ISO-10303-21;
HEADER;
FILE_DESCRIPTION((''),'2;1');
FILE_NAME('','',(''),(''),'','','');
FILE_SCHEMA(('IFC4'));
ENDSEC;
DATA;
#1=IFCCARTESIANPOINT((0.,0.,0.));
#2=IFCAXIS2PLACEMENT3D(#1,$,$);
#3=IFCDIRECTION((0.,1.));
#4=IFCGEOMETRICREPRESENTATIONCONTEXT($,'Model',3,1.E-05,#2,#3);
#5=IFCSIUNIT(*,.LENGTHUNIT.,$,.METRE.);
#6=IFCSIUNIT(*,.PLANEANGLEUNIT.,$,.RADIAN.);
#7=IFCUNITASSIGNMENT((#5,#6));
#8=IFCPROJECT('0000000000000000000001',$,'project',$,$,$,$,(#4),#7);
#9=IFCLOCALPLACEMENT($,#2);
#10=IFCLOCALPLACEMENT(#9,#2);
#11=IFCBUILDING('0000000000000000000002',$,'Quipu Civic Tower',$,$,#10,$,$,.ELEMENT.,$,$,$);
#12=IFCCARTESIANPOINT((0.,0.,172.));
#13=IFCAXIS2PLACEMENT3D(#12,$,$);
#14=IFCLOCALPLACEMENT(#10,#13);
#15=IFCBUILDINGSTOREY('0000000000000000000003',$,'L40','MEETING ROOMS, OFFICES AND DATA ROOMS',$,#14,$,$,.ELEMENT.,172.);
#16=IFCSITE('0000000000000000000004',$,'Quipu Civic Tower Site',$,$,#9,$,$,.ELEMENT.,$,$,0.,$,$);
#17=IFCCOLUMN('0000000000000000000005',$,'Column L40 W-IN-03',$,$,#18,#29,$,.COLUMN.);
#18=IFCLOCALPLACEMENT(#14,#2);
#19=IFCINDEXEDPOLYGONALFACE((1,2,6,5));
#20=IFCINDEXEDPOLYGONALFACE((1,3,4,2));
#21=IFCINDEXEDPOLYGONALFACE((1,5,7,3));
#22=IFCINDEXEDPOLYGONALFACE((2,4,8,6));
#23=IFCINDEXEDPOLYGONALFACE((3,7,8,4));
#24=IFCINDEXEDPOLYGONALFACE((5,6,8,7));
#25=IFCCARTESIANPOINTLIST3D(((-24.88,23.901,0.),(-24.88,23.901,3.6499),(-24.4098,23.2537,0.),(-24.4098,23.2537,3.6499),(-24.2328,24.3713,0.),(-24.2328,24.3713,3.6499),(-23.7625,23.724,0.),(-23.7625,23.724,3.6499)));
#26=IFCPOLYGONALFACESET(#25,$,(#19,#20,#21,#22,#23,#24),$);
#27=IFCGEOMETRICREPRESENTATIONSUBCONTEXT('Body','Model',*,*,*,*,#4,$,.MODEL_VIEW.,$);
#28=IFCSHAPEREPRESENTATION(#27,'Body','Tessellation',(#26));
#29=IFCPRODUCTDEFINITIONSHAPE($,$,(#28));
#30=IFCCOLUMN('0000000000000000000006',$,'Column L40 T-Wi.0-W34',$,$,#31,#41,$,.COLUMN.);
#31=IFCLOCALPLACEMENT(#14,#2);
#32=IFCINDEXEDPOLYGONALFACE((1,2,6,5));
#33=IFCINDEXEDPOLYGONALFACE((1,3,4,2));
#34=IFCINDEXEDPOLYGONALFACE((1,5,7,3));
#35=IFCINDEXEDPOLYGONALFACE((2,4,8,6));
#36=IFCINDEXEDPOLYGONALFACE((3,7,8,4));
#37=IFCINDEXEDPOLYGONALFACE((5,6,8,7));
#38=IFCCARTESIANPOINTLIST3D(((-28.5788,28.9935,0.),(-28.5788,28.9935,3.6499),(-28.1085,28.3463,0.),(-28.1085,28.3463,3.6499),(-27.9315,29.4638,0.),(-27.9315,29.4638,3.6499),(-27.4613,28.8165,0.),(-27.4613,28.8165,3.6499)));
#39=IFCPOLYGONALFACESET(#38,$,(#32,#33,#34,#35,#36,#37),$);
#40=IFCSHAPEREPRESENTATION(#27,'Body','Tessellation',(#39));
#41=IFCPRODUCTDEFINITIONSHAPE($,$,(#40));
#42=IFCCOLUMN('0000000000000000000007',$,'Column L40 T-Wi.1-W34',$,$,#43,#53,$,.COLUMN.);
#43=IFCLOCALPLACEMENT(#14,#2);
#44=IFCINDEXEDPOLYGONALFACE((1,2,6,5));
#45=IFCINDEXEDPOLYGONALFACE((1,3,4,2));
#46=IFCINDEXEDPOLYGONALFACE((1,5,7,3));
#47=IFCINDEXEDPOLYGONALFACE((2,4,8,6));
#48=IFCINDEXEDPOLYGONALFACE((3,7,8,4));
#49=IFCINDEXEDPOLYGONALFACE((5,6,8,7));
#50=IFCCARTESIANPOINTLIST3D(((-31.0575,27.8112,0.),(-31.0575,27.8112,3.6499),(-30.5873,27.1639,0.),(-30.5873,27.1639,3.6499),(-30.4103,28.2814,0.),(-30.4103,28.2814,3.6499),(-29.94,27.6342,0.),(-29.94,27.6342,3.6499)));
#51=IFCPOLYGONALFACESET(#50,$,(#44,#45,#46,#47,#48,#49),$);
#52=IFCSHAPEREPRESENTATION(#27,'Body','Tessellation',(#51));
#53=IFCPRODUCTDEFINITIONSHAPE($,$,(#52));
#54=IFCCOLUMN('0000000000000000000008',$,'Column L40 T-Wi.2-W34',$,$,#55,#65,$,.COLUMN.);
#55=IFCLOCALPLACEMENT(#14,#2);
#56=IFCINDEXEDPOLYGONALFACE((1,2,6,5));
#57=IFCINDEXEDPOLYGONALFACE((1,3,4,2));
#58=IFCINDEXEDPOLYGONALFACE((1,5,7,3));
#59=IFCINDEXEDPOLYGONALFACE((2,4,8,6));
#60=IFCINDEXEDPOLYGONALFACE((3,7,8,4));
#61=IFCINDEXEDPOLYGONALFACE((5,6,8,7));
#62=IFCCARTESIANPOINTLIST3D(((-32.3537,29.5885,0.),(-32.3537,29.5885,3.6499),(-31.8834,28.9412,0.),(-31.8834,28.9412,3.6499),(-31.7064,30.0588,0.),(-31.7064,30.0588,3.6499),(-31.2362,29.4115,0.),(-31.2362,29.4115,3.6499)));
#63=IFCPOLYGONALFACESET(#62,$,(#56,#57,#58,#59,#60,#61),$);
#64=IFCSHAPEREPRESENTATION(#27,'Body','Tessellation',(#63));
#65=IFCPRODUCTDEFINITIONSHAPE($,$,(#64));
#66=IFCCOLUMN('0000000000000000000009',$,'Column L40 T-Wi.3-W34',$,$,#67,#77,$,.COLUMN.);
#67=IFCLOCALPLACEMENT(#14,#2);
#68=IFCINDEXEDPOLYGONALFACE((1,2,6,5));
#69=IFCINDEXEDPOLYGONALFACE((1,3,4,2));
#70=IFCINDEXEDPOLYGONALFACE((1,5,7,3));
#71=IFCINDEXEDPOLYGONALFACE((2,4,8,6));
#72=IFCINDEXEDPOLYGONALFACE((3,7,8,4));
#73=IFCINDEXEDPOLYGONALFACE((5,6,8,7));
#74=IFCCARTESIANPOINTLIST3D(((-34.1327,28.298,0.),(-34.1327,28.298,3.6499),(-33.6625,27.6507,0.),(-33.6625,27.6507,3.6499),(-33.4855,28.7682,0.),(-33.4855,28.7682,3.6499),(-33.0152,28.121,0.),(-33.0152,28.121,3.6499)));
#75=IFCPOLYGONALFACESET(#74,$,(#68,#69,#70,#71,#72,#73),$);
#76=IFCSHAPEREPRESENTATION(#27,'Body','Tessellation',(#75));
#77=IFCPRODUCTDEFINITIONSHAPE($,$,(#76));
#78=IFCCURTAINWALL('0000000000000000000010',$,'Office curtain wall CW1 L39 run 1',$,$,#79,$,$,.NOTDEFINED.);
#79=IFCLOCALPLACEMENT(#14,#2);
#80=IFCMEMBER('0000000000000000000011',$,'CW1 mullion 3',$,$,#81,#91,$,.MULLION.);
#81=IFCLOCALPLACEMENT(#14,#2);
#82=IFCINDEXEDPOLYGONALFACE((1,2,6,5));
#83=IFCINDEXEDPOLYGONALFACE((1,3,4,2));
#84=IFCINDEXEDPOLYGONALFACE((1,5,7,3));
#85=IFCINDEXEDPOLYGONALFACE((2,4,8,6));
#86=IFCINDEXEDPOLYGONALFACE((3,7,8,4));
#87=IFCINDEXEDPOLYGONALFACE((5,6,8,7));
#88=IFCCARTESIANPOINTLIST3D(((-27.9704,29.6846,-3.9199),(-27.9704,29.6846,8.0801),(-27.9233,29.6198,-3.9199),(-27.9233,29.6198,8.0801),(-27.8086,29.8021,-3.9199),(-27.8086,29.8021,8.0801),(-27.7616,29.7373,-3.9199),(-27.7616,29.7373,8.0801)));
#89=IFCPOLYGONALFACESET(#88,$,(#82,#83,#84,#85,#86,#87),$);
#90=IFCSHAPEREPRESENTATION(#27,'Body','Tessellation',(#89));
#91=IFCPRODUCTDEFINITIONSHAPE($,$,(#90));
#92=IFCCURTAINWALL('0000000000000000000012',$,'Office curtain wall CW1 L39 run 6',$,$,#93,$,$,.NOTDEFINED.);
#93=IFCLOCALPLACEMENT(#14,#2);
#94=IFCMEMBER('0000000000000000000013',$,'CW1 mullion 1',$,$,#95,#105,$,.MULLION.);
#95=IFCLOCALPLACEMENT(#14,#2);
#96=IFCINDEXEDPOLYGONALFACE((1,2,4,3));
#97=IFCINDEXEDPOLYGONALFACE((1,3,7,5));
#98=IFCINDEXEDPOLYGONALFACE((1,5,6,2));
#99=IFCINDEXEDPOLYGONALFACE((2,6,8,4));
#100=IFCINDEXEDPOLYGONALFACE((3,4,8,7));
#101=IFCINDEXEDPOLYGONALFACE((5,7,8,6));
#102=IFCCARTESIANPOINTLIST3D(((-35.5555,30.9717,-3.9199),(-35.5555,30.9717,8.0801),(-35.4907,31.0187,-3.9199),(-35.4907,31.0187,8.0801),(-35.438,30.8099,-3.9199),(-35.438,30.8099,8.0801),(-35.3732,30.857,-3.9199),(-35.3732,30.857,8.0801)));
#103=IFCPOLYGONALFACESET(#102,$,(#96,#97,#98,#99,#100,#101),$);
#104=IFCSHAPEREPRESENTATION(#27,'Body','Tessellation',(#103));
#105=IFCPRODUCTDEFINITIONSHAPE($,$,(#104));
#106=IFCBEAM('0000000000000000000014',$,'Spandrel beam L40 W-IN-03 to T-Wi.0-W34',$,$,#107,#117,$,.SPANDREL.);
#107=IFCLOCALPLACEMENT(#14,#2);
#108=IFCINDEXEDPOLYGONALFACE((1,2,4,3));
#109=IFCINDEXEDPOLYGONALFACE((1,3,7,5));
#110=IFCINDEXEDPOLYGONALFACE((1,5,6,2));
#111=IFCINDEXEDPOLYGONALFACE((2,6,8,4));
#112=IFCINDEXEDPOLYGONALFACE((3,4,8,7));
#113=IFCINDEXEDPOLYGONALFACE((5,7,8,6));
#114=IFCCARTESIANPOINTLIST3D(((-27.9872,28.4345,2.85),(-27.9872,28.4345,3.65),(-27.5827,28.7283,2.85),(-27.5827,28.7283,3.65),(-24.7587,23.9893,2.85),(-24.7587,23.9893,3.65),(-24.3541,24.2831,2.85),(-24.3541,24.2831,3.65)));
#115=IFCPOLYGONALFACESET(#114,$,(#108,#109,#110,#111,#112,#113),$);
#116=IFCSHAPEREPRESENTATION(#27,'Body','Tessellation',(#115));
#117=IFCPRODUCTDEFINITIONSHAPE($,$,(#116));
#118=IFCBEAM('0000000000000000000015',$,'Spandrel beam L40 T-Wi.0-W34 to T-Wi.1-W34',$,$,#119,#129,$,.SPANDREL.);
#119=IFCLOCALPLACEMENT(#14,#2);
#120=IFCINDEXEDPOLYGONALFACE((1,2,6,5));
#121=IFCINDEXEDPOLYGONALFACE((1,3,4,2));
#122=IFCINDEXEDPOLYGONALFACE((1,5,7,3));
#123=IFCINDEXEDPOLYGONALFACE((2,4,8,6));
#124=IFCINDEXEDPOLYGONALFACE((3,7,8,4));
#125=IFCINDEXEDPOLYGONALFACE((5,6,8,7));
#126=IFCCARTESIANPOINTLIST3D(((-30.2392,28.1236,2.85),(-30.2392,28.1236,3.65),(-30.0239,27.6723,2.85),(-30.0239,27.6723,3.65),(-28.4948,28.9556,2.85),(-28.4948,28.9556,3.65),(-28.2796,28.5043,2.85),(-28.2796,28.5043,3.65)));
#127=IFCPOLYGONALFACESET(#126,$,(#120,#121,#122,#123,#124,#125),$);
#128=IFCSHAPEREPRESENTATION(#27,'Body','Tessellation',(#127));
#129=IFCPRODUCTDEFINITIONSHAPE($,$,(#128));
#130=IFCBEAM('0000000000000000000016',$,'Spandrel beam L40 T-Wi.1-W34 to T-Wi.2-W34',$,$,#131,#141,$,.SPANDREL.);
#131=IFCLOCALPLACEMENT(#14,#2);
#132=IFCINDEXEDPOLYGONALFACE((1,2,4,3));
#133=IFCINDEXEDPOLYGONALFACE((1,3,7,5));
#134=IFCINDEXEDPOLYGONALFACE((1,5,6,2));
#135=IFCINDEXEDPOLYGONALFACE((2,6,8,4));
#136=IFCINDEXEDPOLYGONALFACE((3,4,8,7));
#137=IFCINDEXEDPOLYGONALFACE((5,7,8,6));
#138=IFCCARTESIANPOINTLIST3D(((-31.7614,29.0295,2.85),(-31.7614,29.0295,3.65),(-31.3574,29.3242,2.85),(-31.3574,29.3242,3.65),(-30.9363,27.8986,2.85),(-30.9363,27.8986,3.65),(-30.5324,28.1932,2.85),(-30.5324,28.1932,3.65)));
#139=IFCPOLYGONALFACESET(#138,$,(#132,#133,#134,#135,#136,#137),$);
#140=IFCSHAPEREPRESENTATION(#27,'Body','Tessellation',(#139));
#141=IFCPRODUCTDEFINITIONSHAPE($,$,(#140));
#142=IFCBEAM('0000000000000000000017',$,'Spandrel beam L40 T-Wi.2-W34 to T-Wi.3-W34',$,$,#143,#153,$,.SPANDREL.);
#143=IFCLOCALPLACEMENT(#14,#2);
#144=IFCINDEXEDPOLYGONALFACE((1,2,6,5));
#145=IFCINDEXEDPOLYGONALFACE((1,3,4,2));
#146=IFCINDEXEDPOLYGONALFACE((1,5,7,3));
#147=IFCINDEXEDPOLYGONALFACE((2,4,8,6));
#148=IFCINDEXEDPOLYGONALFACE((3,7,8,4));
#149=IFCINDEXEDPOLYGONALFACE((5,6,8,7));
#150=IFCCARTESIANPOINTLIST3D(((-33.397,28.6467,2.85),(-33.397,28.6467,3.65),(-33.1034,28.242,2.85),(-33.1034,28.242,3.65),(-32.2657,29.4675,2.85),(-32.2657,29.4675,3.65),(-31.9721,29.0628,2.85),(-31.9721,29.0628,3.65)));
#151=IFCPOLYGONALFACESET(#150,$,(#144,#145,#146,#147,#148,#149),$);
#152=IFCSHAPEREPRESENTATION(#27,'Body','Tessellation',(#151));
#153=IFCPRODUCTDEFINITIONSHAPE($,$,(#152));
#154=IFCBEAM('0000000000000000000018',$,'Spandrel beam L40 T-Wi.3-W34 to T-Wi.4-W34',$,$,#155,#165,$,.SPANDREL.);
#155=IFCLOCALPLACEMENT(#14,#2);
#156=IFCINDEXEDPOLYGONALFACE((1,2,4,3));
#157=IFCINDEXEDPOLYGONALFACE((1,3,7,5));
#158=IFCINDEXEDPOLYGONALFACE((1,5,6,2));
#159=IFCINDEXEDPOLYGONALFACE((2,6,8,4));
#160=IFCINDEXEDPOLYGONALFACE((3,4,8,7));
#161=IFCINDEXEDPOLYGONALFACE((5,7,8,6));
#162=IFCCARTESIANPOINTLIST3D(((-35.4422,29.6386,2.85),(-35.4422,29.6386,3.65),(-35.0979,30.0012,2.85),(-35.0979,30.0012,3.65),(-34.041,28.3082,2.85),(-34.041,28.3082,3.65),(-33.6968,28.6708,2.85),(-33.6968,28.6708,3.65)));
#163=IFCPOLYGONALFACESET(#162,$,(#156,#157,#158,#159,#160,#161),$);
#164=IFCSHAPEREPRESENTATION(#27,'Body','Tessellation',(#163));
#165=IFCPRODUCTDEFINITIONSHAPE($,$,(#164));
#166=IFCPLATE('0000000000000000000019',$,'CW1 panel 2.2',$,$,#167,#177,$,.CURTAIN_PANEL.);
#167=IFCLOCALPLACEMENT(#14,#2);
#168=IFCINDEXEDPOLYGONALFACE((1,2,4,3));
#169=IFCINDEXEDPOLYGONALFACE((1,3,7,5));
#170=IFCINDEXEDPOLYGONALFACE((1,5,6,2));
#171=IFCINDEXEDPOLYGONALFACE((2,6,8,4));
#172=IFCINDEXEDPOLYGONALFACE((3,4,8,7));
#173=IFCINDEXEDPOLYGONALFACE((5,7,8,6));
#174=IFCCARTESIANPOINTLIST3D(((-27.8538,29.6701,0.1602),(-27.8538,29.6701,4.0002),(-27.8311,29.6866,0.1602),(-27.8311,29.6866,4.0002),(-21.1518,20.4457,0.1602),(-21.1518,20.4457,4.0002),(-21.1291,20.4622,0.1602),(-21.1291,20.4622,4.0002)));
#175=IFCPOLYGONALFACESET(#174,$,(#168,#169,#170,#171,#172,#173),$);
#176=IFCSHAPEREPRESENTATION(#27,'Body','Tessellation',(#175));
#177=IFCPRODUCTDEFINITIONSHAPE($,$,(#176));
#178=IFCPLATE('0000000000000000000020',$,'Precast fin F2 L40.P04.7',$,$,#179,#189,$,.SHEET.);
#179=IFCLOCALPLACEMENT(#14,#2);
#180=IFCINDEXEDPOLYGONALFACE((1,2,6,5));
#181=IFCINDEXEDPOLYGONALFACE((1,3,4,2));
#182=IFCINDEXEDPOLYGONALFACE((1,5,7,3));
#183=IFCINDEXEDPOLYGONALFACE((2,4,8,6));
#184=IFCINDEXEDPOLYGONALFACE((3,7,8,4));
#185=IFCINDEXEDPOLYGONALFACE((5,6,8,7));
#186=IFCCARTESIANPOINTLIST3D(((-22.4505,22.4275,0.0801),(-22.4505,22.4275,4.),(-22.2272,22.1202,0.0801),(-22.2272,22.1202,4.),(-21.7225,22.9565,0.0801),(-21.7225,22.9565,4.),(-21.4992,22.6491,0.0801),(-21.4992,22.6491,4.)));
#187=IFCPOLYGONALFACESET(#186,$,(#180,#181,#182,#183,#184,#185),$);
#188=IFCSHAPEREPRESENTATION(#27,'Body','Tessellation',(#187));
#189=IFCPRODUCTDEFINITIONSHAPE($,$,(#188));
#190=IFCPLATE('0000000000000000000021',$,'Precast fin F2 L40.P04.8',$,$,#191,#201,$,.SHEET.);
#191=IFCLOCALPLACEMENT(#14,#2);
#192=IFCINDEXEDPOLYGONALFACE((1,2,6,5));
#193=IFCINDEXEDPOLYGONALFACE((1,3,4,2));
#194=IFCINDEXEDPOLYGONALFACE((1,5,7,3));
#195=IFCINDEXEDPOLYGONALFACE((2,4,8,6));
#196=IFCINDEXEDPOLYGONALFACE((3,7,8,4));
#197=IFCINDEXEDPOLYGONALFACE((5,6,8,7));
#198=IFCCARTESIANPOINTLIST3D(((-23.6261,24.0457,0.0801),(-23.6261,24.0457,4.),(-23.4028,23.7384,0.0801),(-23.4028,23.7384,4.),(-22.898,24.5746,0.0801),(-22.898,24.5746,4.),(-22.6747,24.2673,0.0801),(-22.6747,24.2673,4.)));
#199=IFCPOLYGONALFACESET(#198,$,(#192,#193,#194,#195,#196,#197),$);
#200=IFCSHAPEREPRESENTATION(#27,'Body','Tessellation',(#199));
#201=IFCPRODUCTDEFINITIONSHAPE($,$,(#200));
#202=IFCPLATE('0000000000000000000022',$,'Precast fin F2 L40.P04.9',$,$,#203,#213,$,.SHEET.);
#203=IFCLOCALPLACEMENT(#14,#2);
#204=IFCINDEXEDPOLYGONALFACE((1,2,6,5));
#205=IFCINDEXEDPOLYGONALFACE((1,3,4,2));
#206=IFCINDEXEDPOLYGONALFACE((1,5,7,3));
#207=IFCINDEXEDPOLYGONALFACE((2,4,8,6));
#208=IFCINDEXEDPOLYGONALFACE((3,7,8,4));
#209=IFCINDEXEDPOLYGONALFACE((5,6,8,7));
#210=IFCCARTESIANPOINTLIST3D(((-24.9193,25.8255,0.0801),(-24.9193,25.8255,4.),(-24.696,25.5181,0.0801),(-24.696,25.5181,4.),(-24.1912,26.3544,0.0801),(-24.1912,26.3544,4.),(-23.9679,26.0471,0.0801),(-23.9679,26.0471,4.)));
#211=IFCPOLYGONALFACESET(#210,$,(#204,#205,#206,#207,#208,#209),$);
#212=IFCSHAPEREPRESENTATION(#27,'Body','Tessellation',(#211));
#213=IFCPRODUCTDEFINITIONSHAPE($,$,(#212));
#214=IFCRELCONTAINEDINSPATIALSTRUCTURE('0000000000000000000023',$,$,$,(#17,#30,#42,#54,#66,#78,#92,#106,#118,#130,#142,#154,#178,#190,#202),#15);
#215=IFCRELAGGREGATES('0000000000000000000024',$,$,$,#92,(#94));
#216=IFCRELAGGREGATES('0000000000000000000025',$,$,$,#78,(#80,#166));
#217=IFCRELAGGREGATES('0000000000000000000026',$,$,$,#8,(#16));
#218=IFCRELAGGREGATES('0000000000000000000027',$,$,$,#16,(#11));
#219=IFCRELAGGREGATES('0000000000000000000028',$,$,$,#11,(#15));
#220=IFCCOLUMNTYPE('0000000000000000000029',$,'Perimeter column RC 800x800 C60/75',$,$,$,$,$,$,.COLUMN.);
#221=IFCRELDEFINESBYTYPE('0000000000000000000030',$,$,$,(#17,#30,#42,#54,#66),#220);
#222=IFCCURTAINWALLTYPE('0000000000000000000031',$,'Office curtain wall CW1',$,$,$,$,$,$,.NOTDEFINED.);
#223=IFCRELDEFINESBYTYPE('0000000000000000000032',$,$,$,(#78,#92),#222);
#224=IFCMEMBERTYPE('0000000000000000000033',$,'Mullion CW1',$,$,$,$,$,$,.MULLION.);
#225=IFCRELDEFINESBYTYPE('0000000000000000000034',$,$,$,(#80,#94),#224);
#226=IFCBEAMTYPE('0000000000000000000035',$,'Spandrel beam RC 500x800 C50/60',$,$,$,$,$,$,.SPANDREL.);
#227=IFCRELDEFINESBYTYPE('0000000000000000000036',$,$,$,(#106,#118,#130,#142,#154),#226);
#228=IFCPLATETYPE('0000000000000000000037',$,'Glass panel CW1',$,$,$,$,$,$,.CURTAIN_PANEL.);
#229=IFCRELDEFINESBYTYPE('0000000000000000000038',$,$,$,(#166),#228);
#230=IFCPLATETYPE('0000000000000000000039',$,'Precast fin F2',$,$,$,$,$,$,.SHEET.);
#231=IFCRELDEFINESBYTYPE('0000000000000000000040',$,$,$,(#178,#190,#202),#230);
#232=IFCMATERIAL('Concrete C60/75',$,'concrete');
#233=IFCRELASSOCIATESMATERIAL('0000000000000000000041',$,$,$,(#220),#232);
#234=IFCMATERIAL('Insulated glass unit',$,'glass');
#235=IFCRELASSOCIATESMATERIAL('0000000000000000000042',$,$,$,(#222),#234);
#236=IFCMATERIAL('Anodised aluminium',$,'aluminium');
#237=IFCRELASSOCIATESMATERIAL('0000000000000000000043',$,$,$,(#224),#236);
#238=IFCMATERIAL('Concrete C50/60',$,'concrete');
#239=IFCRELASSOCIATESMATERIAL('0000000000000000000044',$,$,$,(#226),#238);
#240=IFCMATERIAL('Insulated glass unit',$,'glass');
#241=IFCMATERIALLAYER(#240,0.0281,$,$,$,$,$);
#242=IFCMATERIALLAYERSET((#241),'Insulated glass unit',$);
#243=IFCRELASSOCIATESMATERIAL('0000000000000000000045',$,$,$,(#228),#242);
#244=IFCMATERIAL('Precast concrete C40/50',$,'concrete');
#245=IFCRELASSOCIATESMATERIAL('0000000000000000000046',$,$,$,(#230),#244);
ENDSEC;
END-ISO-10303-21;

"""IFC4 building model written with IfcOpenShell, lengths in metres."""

from ifc_helpers import new_model, si_unit, direction, frame, origin, origin_2d, place, context, subcontext, project, spatial, rectangle, extrude, material, layer, layer_set, material_profile, profile_set, type_object, element, aggregate, save


model = new_model("IFC4")

# Units and contexts
model_context = context("Model", 3, precision=1e-05, world=origin(), true_north=direction((0.0, 1.0)))
body_context = subcontext(model_context, "Body", "Model", "MODEL_VIEW")
ifc_project = project(units=[si_unit("LENGTHUNIT", "METRE"), si_unit("PLANEANGLEUNIT", "RADIAN")], contexts=[model_context])

# Site, building, storey
site_placement = place(None, origin())
site = spatial("IfcSite", under=ifc_project, at=site_placement, Name="Quipu Civic Tower Site", CompositionType="ELEMENT", RefElevation=0.0)
building_placement = place(site_placement, origin())
building = spatial("IfcBuilding", under=site, at=building_placement, Name="Quipu Civic Tower", CompositionType="ELEMENT")
storey_placement = place(building_placement, frame((0.0, 0.0, 172.0)))
storey = spatial("IfcBuildingStorey", under=building, at=storey_placement, Name="L40", Description="MEETING ROOMS, OFFICES AND DATA ROOMS", CompositionType="ELEMENT", Elevation=172.0)

# Columns
ifc_material_1 = material(Name="Concrete C60/75", Category="concrete")
ifc_material_profile_1 = material_profile(ifc_material_1, rectangle(XDim=0.8, YDim=0.8, at=origin_2d()), Name="RC800x800")
ifc_profile_set_1 = profile_set([ifc_material_profile_1], Name="Concrete C60/75")
column_type = type_object("IfcColumnType", Name="Perimeter column RC 800x800 C60/75", PredefinedType="COLUMN", material=ifc_profile_set_1)
for number, where, z_axis, x_axis, name in (
    (1, (-24.3213, 23.8125, 0.0), (0.0, 0.0, 1.0), (-0.587785, 0.809017, 0.0), "Column L40 W-IN-03"),
    (2, (-28.02, 28.905, 0.0), (0.0, 0.0, 1.0), (-0.809017, -0.587785, 0.0), "Column L40 T-Wi.0-W34"),
    (3, (-30.4988, 27.7227, 0.0), (0.0, 0.0, 1.0), (-0.809017, -0.587785, 0.0), "Column L40 T-Wi.1-W34"),
    (4, (-31.7949, 29.5, 0.0), (0.0, 0.0, 1.0), (-0.587785, 0.809017, 0.0), "Column L40 T-Wi.2-W34"),
    (5, (-33.574, 28.2095, 0.0), (0.0, 0.0, 1.0), (-0.587785, 0.809017, 0.0), "Column L40 T-Wi.3-W34"),
):
    element("IfcColumn", number, at=place(storey_placement, frame(where, z_axis=z_axis, x_axis=x_axis)), inside=storey, type_object=column_type, Name=name, PredefinedType="COLUMN", context=body_context, shape_type="SweptSolid", body=[
        extrude(rectangle(XDim=0.8, YDim=0.8, at=origin_2d()), origin(), (0.0, 0.0, 1.0), 3.6499),
    ])

# Curtain walls, members
ifc_material_2 = material(Name="Insulated glass unit", Category="glass")
curtain_wall_type = type_object("IfcCurtainWallType", Name="Office curtain wall CW1", PredefinedType="NOTDEFINED", material=ifc_material_2)
curtain_wall_1_placement = place(storey_placement, origin())
curtain_wall_1 = element("IfcCurtainWall", 6, at=curtain_wall_1_placement, inside=storey, type_object=curtain_wall_type, Name="Office curtain wall CW1 L39 run 1", PredefinedType="NOTDEFINED")
ifc_material_3 = material(Name="Anodised aluminium", Category="aluminium")
ifc_material_profile_2 = material_profile(ifc_material_3, rectangle(XDim=0.2, YDim=0.0801, at=origin_2d()), Name="RECT 200x80")
ifc_profile_set_2 = profile_set([ifc_material_profile_2], Name="Anodised aluminium")
member_type = type_object("IfcMemberType", Name="Mullion CW1", PredefinedType="MULLION", material=ifc_profile_set_2)
member_1_placement = place(storey_placement, frame((-27.866, 29.7109, -3.9199), z_axis=(0.0, 0.0, 1.0), x_axis=(-0.809014, -0.587789, 0.0)))
member_1 = element("IfcMember", 7, at=member_1_placement, type_object=member_type, Name="CW1 mullion 3", PredefinedType="MULLION", context=body_context, shape_type="SweptSolid", body=[
    extrude(rectangle(XDim=0.2, YDim=0.0801, at=origin_2d()), origin(), (0.0, 0.0, 1.0), 12.0),
])
curtain_wall_2_placement = place(storey_placement, origin())
curtain_wall_2 = element("IfcCurtainWall", 8, at=curtain_wall_2_placement, inside=storey, type_object=curtain_wall_type, Name="Office curtain wall CW1 L39 run 6", PredefinedType="NOTDEFINED")
member_2_placement = place(storey_placement, frame((-35.4644, 30.9143, -3.9199), z_axis=(0.0, 0.0, 1.0), x_axis=(0.587788, -0.809015, 0.0)))
member_2 = element("IfcMember", 9, at=member_2_placement, type_object=member_type, Name="CW1 mullion 1", PredefinedType="MULLION", context=body_context, shape_type="SweptSolid", body=[
    extrude(rectangle(XDim=0.2, YDim=0.0801, at=origin_2d()), origin(), (0.0, 0.0, 1.0), 12.0),
])
aggregate(curtain_wall_2, [member_2])

# Beams
ifc_material_4 = material(Name="Concrete C50/60", Category="concrete")
ifc_material_profile_3 = material_profile(ifc_material_4, rectangle(XDim=0.5, YDim=0.8, at=origin_2d()), Name="RC500x800")
ifc_profile_set_3 = profile_set([ifc_material_profile_3], Name="Concrete C50/60")
beam_type = type_object("IfcBeamType", Name="Spandrel beam RC 500x800 C50/60", PredefinedType="SPANDREL", material=ifc_profile_set_3)
beam_1_placement = place(storey_placement, frame((-24.5564, 24.1362, 3.25), z_axis=(-0.587664, 0.809105, 0.0), x_axis=(-0.809105, -0.587664, 0.0)))
element("IfcBeam", 10, at=beam_1_placement, inside=storey, type_object=beam_type, Name="Spandrel beam L40 W-IN-03 to T-Wi.0-W34", PredefinedType="SPANDREL", context=body_context, shape_type="SweptSolid", body=[
    extrude(rectangle(XDim=0.5, YDim=0.8, at=origin_2d()), origin(), (0.0, 0.0, 1.0), 5.4939),
])
beam_2_placement = place(storey_placement, frame((-28.3872, 28.73, 3.25), z_axis=(-0.902585, -0.430512, 0.0), x_axis=(0.430512, -0.902585, 0.0)))
element("IfcBeam", 11, at=beam_2_placement, inside=storey, type_object=beam_type, Name="Spandrel beam L40 T-Wi.0-W34 to T-Wi.1-W34", PredefinedType="SPANDREL", context=body_context, shape_type="SweptSolid", body=[
    extrude(rectangle(XDim=0.5, YDim=0.8, at=origin_2d()), origin(), (0.0, 0.0, 1.0), 1.9326),
])
beam_3_placement = place(storey_placement, frame((-30.7344, 28.0459, 3.25), z_axis=(-0.589343, 0.807883, 0.0), x_axis=(-0.807883, -0.589343, 0.0)))
element("IfcBeam", 12, at=beam_3_placement, inside=storey, type_object=beam_type, Name="Spandrel beam L40 T-Wi.1-W34 to T-Wi.2-W34", PredefinedType="SPANDREL", context=body_context, shape_type="SweptSolid", body=[
    extrude(rectangle(XDim=0.5, YDim=0.8, at=origin_2d()), origin(), (0.0, 0.0, 1.0), 1.3999),
])
beam_4_placement = place(storey_placement, frame((-32.1189, 29.2651, 3.25), z_axis=(-0.809415, -0.587237, 0.0), x_axis=(0.587237, -0.809415, 0.0)))
element("IfcBeam", 13, at=beam_4_placement, inside=storey, type_object=beam_type, Name="Spandrel beam L40 T-Wi.2-W34 to T-Wi.3-W34", PredefinedType="SPANDREL", context=body_context, shape_type="SweptSolid", body=[
    extrude(rectangle(XDim=0.5, YDim=0.8, at=origin_2d()), origin(), (0.0, 0.0, 1.0), 1.3977),
])
beam_5_placement = place(storey_placement, frame((-33.8689, 28.4895, 3.25), z_axis=(-0.725192, 0.688547, 0.0), x_axis=(-0.688547, -0.725192, 0.0)))
element("IfcBeam", 14, at=beam_5_placement, inside=storey, type_object=beam_type, Name="Spandrel beam L40 T-Wi.3-W34 to T-Wi.4-W34", PredefinedType="SPANDREL", context=body_context, shape_type="SweptSolid", body=[
    extrude(rectangle(XDim=0.5, YDim=0.8, at=origin_2d()), origin(), (0.0, 0.0, 1.0), 1.9321),
])

# Plate
ifc_material_5 = material(Name="Insulated glass unit", Category="glass")
ifc_layer_1 = layer(ifc_material_5, 0.0281)
ifc_layer_set_1 = layer_set([ifc_layer_1], Name="Insulated glass unit")
plate_type_1 = type_object("IfcPlateType", Name="Glass panel CW1", PredefinedType="CURTAIN_PANEL", material=ifc_layer_set_1)
plate_placement = place(storey_placement, frame((-24.4915, 25.0662, 0.1602), z_axis=(0.0, 0.0, 1.0), x_axis=(-0.587789, 0.809014, 0.0)))
plate = element("IfcPlate", 15, at=plate_placement, type_object=plate_type_1, Name="CW1 panel 2.2", PredefinedType="CURTAIN_PANEL", context=body_context, shape_type="SweptSolid", body=[
    extrude(rectangle(XDim=11.4021, YDim=0.0281, at=origin_2d()), origin(), (0.0, 0.0, 1.0), 3.8401),
])
aggregate(curtain_wall_1, [member_1, plate])

# Plates
ifc_material_6 = material(Name="Precast concrete C40/50", Category="concrete")
plate_type_2 = type_object("IfcPlateType", Name="Precast fin F2", PredefinedType="SHEET", material=ifc_material_6)
for number, where, z_axis, x_axis, name in (
    (16, (-21.9749, 22.5383, 0.0801), (0.0, 0.0, 1.0), (-0.587787, 0.809016, 0.0), "Precast fin F2 L40.P04.7"),
    (17, (-23.1504, 24.1565, 0.0801), (0.0, 0.0, 1.0), (-0.587787, 0.809016, 0.0), "Precast fin F2 L40.P04.8"),
    (18, (-24.4436, 25.9363, 0.0801), (0.0, 0.0, 1.0), (-0.587787, 0.809016, 0.0), "Precast fin F2 L40.P04.9"),
):
    element("IfcPlate", number, at=place(storey_placement, frame(where, z_axis=z_axis, x_axis=x_axis)), inside=storey, type_object=plate_type_2, Name=name, PredefinedType="SHEET", context=body_context, shape_type="SweptSolid", body=[
        extrude(rectangle(XDim=0.3799, YDim=0.8999, at=origin_2d()), origin(), (0.0, 0.0, 1.0), 3.9199),
    ])

save(model, "model.ifc")
